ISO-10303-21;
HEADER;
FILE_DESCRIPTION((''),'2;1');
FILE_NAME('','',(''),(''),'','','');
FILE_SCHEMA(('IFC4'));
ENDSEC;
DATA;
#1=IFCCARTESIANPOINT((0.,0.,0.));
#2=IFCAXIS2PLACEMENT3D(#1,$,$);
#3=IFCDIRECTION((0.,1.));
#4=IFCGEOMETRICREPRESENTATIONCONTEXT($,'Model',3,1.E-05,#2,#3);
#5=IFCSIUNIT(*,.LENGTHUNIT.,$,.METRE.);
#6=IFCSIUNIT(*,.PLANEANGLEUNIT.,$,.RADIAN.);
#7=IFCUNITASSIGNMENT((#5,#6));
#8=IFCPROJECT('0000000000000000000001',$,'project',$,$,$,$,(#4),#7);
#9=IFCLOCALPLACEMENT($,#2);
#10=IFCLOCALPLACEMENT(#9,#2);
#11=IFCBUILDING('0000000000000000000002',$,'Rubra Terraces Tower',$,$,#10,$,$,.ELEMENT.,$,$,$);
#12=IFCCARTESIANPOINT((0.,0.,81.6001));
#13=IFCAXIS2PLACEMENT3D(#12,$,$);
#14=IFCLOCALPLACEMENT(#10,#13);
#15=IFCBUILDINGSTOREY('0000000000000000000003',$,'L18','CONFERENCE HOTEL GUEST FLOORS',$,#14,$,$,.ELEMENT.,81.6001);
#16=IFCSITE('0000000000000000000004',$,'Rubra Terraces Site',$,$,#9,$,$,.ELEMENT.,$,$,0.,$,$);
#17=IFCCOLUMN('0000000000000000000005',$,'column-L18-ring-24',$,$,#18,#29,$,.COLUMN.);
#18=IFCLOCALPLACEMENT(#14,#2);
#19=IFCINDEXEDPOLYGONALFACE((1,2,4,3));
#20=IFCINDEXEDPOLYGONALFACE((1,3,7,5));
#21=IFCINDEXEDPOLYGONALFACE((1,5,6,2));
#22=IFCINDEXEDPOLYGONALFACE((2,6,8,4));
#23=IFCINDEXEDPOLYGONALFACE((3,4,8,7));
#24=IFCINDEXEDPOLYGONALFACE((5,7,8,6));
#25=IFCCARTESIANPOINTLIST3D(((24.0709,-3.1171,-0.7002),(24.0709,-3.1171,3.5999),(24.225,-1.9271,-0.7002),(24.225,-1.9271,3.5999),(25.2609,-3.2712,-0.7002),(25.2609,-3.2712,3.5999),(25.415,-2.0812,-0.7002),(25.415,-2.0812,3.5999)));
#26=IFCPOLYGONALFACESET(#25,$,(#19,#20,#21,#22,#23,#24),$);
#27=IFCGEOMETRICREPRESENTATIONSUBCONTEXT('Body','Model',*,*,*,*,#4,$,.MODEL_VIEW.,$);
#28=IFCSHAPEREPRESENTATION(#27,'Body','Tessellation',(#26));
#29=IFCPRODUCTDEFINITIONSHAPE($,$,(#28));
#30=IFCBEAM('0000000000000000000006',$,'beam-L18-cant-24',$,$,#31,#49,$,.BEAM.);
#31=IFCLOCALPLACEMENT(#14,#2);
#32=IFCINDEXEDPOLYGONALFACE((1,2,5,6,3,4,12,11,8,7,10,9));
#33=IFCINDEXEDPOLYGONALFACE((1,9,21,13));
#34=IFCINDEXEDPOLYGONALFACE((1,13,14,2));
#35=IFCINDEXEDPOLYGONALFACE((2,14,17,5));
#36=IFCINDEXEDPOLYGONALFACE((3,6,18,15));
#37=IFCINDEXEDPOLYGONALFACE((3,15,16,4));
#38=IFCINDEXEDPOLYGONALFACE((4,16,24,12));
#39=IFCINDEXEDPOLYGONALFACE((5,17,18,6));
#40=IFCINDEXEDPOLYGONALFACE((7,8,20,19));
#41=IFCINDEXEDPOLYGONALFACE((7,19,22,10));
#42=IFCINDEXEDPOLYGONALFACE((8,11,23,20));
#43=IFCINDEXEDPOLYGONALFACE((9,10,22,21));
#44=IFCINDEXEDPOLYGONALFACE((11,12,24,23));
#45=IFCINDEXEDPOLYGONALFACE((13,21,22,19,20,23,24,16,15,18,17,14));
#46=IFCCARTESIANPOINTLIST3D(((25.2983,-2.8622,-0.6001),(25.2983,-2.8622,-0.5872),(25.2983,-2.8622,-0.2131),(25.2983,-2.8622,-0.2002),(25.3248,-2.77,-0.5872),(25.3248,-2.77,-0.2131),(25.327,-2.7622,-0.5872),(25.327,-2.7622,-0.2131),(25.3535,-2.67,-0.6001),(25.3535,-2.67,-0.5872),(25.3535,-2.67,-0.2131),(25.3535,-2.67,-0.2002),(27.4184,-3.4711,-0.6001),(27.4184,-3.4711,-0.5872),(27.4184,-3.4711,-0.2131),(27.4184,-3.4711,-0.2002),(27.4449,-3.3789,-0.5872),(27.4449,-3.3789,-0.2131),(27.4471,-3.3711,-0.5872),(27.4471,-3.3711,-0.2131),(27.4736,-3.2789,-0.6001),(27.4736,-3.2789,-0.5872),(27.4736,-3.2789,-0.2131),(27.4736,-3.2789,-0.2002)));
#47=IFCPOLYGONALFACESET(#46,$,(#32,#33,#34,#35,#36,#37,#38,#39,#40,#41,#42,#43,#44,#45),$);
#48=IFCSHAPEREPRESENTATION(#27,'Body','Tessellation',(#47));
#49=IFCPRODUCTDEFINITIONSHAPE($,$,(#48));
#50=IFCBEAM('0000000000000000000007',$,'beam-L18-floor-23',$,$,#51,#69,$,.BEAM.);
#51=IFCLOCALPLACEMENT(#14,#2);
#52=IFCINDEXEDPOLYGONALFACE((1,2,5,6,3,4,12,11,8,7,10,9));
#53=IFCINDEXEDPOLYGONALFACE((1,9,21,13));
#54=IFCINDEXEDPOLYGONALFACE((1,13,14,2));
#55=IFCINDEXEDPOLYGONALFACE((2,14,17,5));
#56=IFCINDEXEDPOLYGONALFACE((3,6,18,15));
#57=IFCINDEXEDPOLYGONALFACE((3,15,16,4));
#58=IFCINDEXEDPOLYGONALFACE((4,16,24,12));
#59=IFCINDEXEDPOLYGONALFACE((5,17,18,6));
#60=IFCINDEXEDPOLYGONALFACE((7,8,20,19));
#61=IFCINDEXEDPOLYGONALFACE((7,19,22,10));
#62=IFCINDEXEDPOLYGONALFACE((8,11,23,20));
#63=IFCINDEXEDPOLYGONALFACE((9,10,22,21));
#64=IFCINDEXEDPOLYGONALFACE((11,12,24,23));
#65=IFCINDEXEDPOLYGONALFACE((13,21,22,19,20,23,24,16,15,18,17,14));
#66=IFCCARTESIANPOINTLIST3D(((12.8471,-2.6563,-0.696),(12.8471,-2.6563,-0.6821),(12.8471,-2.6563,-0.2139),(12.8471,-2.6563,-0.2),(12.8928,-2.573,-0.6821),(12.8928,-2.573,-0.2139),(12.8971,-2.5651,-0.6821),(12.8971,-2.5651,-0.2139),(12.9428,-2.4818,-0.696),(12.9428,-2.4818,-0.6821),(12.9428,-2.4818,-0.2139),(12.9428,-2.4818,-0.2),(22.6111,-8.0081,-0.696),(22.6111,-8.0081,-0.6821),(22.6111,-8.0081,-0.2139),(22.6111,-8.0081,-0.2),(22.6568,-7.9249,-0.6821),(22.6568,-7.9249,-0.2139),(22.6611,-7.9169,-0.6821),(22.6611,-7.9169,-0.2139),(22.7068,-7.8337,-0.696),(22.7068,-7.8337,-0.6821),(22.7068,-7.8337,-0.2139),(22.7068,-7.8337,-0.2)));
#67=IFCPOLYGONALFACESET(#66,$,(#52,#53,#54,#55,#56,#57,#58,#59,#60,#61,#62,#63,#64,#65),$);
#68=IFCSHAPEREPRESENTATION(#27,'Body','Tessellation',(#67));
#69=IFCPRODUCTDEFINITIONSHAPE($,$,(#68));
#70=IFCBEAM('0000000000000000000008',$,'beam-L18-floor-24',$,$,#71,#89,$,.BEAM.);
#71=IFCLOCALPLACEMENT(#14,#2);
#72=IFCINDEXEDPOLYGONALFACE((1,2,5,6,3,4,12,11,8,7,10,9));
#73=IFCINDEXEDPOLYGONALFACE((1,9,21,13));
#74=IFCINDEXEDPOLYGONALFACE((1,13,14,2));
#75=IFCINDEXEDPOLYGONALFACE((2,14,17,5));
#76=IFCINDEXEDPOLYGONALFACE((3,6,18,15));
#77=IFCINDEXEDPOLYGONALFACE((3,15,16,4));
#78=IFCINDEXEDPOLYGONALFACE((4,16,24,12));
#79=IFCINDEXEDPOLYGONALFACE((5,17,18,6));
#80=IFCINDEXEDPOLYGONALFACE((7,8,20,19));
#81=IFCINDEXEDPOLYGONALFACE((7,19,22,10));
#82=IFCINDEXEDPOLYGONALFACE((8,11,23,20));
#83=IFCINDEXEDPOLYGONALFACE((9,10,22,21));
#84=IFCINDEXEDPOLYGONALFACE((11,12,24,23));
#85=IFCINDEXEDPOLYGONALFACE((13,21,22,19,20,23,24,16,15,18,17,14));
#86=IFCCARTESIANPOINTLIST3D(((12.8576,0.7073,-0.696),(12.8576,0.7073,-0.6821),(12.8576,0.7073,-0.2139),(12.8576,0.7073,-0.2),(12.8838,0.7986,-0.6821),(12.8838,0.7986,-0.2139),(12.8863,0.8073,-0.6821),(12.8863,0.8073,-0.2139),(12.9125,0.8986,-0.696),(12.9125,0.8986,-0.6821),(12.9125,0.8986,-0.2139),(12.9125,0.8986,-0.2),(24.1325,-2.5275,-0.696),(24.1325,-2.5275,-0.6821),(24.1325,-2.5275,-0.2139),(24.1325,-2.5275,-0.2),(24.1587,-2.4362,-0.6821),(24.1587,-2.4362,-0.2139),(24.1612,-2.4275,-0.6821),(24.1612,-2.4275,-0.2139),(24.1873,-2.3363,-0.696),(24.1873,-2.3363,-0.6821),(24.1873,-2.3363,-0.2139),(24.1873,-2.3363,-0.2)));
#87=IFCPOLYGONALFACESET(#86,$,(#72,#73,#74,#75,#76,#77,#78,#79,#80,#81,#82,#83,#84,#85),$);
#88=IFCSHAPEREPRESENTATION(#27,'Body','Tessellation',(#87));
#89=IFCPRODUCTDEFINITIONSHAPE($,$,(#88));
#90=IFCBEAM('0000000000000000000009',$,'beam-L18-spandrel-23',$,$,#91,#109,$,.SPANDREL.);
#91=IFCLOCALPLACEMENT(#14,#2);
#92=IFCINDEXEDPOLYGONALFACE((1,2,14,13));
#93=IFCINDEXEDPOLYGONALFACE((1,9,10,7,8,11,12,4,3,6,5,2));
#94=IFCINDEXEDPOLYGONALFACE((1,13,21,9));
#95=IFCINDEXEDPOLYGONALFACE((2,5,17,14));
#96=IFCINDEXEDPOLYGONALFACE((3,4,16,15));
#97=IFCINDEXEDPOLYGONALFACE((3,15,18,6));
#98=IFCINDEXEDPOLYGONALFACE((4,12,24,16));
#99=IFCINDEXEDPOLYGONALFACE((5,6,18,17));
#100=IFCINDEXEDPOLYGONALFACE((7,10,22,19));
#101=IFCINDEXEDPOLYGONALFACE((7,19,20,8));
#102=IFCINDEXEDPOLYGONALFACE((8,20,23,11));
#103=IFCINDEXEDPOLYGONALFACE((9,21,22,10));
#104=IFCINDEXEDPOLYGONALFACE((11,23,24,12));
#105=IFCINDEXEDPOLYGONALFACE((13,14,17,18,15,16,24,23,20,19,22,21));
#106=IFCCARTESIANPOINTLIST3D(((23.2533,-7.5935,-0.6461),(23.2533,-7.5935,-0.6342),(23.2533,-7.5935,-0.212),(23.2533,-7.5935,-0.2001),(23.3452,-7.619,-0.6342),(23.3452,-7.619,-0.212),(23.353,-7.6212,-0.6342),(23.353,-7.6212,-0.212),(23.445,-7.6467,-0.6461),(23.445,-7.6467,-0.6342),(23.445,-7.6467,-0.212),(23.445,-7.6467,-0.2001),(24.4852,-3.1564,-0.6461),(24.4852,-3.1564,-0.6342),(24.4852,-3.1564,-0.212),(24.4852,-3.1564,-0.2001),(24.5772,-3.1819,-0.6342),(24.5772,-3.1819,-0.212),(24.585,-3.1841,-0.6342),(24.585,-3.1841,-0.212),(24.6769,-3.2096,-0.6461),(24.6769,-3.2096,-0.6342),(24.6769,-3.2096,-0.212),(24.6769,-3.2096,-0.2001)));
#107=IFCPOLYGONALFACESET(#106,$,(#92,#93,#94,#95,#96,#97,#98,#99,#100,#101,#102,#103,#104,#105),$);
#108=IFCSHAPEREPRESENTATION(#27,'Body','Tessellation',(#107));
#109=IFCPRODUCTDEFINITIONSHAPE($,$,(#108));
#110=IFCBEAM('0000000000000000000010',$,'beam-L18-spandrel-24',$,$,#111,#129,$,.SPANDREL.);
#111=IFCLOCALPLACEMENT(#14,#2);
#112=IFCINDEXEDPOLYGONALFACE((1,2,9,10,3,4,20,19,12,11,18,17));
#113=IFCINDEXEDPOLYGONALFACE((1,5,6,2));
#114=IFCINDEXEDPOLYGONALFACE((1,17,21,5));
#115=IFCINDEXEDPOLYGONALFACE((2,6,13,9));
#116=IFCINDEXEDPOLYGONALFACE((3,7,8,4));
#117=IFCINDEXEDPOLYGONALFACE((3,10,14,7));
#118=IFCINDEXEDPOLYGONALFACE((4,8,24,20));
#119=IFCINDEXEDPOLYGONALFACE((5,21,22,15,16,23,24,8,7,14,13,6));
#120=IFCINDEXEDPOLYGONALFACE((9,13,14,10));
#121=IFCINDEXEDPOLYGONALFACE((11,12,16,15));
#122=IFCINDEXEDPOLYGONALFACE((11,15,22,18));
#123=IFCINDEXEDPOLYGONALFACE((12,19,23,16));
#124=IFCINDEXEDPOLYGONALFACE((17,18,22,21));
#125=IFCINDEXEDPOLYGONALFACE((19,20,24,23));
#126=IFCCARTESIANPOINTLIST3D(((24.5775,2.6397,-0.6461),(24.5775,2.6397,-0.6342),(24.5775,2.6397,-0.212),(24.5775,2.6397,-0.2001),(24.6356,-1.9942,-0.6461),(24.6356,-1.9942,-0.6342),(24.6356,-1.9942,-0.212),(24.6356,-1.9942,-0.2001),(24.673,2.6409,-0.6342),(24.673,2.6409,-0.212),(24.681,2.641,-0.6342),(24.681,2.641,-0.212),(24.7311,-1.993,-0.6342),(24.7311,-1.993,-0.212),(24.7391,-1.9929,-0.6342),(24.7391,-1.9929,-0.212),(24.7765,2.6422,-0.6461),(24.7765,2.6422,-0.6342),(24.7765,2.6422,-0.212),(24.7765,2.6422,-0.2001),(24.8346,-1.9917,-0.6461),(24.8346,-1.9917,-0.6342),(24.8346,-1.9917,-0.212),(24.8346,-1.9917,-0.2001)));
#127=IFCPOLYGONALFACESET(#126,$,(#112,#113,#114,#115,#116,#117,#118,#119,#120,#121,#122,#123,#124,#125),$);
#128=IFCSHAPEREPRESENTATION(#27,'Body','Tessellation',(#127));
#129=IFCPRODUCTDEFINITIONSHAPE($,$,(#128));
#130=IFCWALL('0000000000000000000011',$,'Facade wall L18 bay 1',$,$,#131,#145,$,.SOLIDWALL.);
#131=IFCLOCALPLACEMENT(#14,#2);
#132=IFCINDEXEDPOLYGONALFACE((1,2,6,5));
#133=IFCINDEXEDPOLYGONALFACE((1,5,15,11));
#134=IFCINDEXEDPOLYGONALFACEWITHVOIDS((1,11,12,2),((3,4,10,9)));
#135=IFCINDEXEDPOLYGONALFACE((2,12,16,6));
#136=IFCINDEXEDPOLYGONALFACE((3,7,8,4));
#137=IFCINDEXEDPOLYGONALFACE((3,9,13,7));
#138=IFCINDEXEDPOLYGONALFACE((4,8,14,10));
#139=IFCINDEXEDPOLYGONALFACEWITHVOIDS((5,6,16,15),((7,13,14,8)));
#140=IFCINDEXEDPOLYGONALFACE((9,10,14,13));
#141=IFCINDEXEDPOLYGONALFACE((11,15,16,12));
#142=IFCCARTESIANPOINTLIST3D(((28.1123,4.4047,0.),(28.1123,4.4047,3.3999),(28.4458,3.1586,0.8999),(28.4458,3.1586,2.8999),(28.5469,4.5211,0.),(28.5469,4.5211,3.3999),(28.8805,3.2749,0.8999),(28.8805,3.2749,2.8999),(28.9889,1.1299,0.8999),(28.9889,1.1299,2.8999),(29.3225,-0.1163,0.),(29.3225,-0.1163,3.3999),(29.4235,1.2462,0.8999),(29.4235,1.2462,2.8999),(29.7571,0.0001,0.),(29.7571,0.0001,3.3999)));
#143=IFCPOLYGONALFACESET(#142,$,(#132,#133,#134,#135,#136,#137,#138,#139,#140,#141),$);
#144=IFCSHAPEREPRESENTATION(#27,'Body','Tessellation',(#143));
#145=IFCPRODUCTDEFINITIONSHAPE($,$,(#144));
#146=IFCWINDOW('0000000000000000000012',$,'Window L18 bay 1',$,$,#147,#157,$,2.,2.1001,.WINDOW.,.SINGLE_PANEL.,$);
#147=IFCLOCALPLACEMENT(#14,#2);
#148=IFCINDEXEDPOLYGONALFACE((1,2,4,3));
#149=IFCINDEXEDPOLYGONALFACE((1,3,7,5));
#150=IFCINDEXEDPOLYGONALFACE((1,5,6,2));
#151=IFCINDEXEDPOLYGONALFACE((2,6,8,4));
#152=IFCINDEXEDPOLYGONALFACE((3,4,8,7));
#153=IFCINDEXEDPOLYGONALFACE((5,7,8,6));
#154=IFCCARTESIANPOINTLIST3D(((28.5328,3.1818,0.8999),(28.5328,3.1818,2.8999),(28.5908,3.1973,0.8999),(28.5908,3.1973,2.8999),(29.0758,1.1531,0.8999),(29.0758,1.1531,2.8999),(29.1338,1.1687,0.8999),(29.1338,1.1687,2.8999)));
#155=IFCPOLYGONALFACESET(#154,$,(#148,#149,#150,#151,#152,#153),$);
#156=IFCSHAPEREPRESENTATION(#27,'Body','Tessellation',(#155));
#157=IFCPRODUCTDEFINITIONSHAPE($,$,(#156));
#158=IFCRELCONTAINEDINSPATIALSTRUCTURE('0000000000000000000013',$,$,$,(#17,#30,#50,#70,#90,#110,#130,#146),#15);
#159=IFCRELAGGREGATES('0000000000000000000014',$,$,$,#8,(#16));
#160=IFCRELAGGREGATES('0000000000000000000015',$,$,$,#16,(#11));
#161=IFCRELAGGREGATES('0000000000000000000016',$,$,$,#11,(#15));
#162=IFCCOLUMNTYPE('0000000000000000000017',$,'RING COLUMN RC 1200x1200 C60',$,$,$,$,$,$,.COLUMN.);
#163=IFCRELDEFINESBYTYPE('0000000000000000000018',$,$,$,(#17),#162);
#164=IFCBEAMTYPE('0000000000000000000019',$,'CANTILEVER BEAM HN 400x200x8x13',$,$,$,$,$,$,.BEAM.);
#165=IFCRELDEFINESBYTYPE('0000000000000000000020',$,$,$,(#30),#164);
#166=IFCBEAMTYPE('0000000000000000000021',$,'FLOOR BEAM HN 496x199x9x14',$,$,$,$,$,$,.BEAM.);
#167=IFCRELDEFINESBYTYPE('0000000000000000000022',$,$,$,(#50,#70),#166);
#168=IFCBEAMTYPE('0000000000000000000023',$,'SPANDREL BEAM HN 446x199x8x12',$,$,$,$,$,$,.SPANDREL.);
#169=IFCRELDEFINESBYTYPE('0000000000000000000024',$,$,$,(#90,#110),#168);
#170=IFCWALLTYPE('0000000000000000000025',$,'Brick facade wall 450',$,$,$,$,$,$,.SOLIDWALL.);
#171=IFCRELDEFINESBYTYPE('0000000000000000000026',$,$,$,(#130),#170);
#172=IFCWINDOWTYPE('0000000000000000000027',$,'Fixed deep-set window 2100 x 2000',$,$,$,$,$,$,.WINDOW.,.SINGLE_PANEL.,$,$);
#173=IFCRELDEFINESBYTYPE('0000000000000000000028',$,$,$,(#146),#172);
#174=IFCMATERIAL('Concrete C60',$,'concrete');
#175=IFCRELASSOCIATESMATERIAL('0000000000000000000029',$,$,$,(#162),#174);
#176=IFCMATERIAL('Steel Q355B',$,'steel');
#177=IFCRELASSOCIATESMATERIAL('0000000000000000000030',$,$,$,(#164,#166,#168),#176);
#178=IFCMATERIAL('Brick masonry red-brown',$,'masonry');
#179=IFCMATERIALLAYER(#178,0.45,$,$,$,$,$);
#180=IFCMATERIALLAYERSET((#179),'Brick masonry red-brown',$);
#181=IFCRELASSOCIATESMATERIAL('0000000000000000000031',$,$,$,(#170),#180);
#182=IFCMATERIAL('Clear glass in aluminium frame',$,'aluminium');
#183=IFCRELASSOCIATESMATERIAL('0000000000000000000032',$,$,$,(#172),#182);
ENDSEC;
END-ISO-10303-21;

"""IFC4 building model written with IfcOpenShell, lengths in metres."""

from ifc_helpers import new_model, si_unit, direction, frame, frame_2d, origin, origin_2d, place, context, subcontext, project, spatial, rectangle, i_section, extrude, material, layer, layer_set, material_profile, profile_set, type_object, element, fill, save


model = new_model("IFC4")

# Units and contexts
model_context = context("Model", 3, precision=1e-05, world=origin(), true_north=direction((0.0, 1.0)))
body_context = subcontext(model_context, "Body", "Model", "MODEL_VIEW")
ifc_project = project(units=[si_unit("LENGTHUNIT", "METRE"), si_unit("PLANEANGLEUNIT", "RADIAN")], contexts=[model_context])

# Site, building, storey
site_placement = place(None, origin())
site = spatial("IfcSite", under=ifc_project, at=site_placement, Name="Rubra Terraces Site", CompositionType="ELEMENT", RefElevation=0.0)
building_placement = place(site_placement, origin())
building = spatial("IfcBuilding", under=site, at=building_placement, Name="Rubra Terraces Tower", CompositionType="ELEMENT")
storey_placement = place(building_placement, frame((0.0, 0.0, 81.6001)))
storey = spatial("IfcBuildingStorey", under=building, at=storey_placement, Name="L18", Description="CONFERENCE HOTEL GUEST FLOORS", CompositionType="ELEMENT", Elevation=81.6001)

# Column
ifc_material_1 = material(Name="Concrete C60", Category="concrete")
ifc_material_profile_1 = material_profile(ifc_material_1, rectangle(XDim=1.2, YDim=1.2, at=origin_2d()), Name="RC 1200x1200")
ifc_profile_set_1 = profile_set([ifc_material_profile_1], Name="Concrete C60")
column_type = type_object("IfcColumnType", Name="RING COLUMN RC 1200x1200 C60", PredefinedType="COLUMN", material=ifc_profile_set_1)
column_placement = place(storey_placement, frame((24.7429, -2.5991, -0.7002), z_axis=(0.0, 0.0, 1.0), x_axis=(0.128444, 0.991717, 0.0)))
element("IfcColumn", 1, at=column_placement, inside=storey, type_object=column_type, Name="column-L18-ring-24", PredefinedType="COLUMN", context=body_context, shape_type="SweptSolid", body=[
    extrude(rectangle(XDim=1.2, YDim=1.2, at=origin_2d()), origin(), (0.0, 0.0, 1.0), 4.3),
])

# Beams
ifc_material_2 = material(Name="Steel Q355B", Category="steel")
ifc_material_profile_2 = material_profile(ifc_material_2, i_section(OverallWidth=0.2, OverallDepth=0.3999, WebThickness=0.0081, FlangeThickness=0.0129, at=origin_2d()), Name="HN 400x200x8x13")
ifc_profile_set_2 = profile_set([ifc_material_profile_2], Name="Steel Q355B")
beam_type_1 = type_object("IfcBeamType", Name="CANTILEVER BEAM HN 400x200x8x13", PredefinedType="BEAM", material=ifc_profile_set_2)
beam_1_placement = place(storey_placement, frame((25.3259, -2.7661, -0.4001), z_axis=(0.961147, -0.276037, 0.0), x_axis=(0.276037, 0.961147, 0.0)))
element("IfcBeam", 2, at=beam_1_placement, inside=storey, type_object=beam_type_1, Name="beam-L18-cant-24", PredefinedType="BEAM", context=body_context, shape_type="SweptSolid", body=[
    extrude(i_section(OverallWidth=0.2, OverallDepth=0.3999, WebThickness=0.0081, FlangeThickness=0.0129, at=origin_2d()), origin(), (0.0, 0.0, 1.0), 2.2058),
])
ifc_material_profile_3 = material_profile(ifc_material_2, i_section(OverallWidth=0.199, OverallDepth=0.4961, WebThickness=0.009, FlangeThickness=0.0139, at=origin_2d()), Name="HN 496x199x9x14")
ifc_profile_set_3 = profile_set([ifc_material_profile_3], Name="Steel Q355B")
beam_type_2 = type_object("IfcBeamType", Name="FLOOR BEAM HN 496x199x9x14", PredefinedType="BEAM", material=ifc_profile_set_3)
beam_2_placement = place(storey_placement, frame((22.6589, -7.9209, -0.448), z_axis=(-0.876911, 0.480653, 0.0), x_axis=(-0.480653, -0.876911, 0.0)))
element("IfcBeam", 3, at=beam_2_placement, inside=storey, type_object=beam_type_2, Name="beam-L18-floor-23", PredefinedType="BEAM", context=body_context, shape_type="SweptSolid", body=[
    extrude(i_section(OverallWidth=0.199, OverallDepth=0.4961, WebThickness=0.009, FlangeThickness=0.0139, at=origin_2d()), origin(), (0.0, 0.0, 1.0), 11.1345),
])
beam_3_placement = place(storey_placement, frame((24.1599, -2.4319, -0.448), z_axis=(-0.96122, 0.275782, 0.0), x_axis=(-0.275782, -0.96122, 0.0)))
element("IfcBeam", 4, at=beam_3_placement, inside=storey, type_object=beam_type_2, Name="beam-L18-floor-24", PredefinedType="BEAM", context=body_context, shape_type="SweptSolid", body=[
    extrude(i_section(OverallWidth=0.199, OverallDepth=0.4961, WebThickness=0.009, FlangeThickness=0.0139, at=origin_2d()), origin(), (0.0, 0.0, 1.0), 11.7297),
])
ifc_material_profile_4 = material_profile(ifc_material_2, i_section(OverallWidth=0.199, OverallDepth=0.446, WebThickness=0.0081, FlangeThickness=0.012, at=origin_2d()), Name="HN 446x199x8x12")
ifc_profile_set_4 = profile_set([ifc_material_profile_4], Name="Steel Q355B")
beam_type_3 = type_object("IfcBeamType", Name="SPANDREL BEAM HN 446x199x8x12", PredefinedType="SPANDREL", material=ifc_profile_set_4)
beam_4_placement = place(storey_placement, frame((23.3491, -7.6201, -0.4231), z_axis=(0.267529, 0.96355, 0.0), x_axis=(-0.96355, 0.267529, 0.0)))
element("IfcBeam", 5, at=beam_4_placement, inside=storey, type_object=beam_type_3, Name="beam-L18-spandrel-23", PredefinedType="SPANDREL", context=body_context, shape_type="SweptSolid", body=[
    extrude(i_section(OverallWidth=0.199, OverallDepth=0.446, WebThickness=0.0081, FlangeThickness=0.012, at=origin_2d()), origin(), (0.0, 0.0, 1.0), 4.605),
])
beam_5_placement = place(storey_placement, frame((24.7351, -1.9929, -0.4231), z_axis=(-0.012538, 0.999921, 0.0), x_axis=(-0.999921, -0.012538, 0.0)))
element("IfcBeam", 6, at=beam_5_placement, inside=storey, type_object=beam_type_3, Name="beam-L18-spandrel-24", PredefinedType="SPANDREL", context=body_context, shape_type="SweptSolid", body=[
    extrude(i_section(OverallWidth=0.199, OverallDepth=0.446, WebThickness=0.0081, FlangeThickness=0.012, at=origin_2d()), origin(), (0.0, 0.0, 1.0), 4.6343),
])

# Wall, opening, window
ifc_material_3 = material(Name="Brick masonry red-brown", Category="masonry")
ifc_layer_1 = layer(ifc_material_3, 0.45)
ifc_layer_set_1 = layer_set([ifc_layer_1], Name="Brick masonry red-brown")
wall_type_1 = type_object("IfcWallType", Name="Brick facade wall 450", PredefinedType="SOLIDWALL", material=ifc_layer_set_1)
wall_1_placement = place(storey_placement, frame((29.5398, -0.0581, 0.0), z_axis=(0.0, 0.0, 1.0), x_axis=(-0.258581, 0.965989, 0.0)))
wall_1 = element("IfcWall", 7, at=wall_1_placement, inside=storey, type_object=wall_type_1, Name="Facade wall L18 bay 1", PredefinedType="SOLIDWALL", context=body_context, shape_type="SweptSolid", body=[
    extrude(rectangle(XDim=4.6802, YDim=0.45, at=frame_2d((2.3401, 0.0))), origin(), (0.0, 0.0, 1.0), 3.3999),
])
opening_1_placement = place(wall_1_placement, frame((1.29, 0.0, 0.8999)))
opening_1 = element("IfcOpeningElement", 8, at=opening_1_placement, cuts=wall_1, PredefinedType="OPENING", context=body_context, shape_type="SweptSolid", body=[
    extrude(rectangle(XDim=2.1001, YDim=2.0, at=frame_2d((1.05, 1.0))), frame((0.0, 0.2349, 0.0), z_axis=(0.0, -1.0, 0.0), x_axis=(1.0, 0.0, 0.0)), (0.0, 0.0, 1.0), 0.47),
])
ifc_material_4 = material(Name="Clear glass in aluminium frame", Category="aluminium")
window_type = type_object("IfcWindowType", Name="Fixed deep-set window 2100 x 2000", PartitioningType="SINGLE_PANEL", PredefinedType="WINDOW", material=ifc_material_4)
window_1_placement = place(opening_1_placement, origin())
window_1 = element("IfcWindow", 9, at=window_1_placement, inside=storey, type_object=window_type, Name="Window L18 bay 1", OverallHeight=2.0, OverallWidth=2.1001, PartitioningType="SINGLE_PANEL", PredefinedType="WINDOW", context=body_context, shape_type="SweptSolid", body=[
    extrude(rectangle(XDim=2.1001, YDim=2.0, at=frame_2d((1.05, 1.0))), frame((0.0, 0.135, 0.0), z_axis=(0.0, -1.0, 0.0), x_axis=(1.0, 0.0, 0.0)), (0.0, 0.0, 1.0), 0.0601),
])
fill(opening_1, window_1)

save(model, "model.ifc")
